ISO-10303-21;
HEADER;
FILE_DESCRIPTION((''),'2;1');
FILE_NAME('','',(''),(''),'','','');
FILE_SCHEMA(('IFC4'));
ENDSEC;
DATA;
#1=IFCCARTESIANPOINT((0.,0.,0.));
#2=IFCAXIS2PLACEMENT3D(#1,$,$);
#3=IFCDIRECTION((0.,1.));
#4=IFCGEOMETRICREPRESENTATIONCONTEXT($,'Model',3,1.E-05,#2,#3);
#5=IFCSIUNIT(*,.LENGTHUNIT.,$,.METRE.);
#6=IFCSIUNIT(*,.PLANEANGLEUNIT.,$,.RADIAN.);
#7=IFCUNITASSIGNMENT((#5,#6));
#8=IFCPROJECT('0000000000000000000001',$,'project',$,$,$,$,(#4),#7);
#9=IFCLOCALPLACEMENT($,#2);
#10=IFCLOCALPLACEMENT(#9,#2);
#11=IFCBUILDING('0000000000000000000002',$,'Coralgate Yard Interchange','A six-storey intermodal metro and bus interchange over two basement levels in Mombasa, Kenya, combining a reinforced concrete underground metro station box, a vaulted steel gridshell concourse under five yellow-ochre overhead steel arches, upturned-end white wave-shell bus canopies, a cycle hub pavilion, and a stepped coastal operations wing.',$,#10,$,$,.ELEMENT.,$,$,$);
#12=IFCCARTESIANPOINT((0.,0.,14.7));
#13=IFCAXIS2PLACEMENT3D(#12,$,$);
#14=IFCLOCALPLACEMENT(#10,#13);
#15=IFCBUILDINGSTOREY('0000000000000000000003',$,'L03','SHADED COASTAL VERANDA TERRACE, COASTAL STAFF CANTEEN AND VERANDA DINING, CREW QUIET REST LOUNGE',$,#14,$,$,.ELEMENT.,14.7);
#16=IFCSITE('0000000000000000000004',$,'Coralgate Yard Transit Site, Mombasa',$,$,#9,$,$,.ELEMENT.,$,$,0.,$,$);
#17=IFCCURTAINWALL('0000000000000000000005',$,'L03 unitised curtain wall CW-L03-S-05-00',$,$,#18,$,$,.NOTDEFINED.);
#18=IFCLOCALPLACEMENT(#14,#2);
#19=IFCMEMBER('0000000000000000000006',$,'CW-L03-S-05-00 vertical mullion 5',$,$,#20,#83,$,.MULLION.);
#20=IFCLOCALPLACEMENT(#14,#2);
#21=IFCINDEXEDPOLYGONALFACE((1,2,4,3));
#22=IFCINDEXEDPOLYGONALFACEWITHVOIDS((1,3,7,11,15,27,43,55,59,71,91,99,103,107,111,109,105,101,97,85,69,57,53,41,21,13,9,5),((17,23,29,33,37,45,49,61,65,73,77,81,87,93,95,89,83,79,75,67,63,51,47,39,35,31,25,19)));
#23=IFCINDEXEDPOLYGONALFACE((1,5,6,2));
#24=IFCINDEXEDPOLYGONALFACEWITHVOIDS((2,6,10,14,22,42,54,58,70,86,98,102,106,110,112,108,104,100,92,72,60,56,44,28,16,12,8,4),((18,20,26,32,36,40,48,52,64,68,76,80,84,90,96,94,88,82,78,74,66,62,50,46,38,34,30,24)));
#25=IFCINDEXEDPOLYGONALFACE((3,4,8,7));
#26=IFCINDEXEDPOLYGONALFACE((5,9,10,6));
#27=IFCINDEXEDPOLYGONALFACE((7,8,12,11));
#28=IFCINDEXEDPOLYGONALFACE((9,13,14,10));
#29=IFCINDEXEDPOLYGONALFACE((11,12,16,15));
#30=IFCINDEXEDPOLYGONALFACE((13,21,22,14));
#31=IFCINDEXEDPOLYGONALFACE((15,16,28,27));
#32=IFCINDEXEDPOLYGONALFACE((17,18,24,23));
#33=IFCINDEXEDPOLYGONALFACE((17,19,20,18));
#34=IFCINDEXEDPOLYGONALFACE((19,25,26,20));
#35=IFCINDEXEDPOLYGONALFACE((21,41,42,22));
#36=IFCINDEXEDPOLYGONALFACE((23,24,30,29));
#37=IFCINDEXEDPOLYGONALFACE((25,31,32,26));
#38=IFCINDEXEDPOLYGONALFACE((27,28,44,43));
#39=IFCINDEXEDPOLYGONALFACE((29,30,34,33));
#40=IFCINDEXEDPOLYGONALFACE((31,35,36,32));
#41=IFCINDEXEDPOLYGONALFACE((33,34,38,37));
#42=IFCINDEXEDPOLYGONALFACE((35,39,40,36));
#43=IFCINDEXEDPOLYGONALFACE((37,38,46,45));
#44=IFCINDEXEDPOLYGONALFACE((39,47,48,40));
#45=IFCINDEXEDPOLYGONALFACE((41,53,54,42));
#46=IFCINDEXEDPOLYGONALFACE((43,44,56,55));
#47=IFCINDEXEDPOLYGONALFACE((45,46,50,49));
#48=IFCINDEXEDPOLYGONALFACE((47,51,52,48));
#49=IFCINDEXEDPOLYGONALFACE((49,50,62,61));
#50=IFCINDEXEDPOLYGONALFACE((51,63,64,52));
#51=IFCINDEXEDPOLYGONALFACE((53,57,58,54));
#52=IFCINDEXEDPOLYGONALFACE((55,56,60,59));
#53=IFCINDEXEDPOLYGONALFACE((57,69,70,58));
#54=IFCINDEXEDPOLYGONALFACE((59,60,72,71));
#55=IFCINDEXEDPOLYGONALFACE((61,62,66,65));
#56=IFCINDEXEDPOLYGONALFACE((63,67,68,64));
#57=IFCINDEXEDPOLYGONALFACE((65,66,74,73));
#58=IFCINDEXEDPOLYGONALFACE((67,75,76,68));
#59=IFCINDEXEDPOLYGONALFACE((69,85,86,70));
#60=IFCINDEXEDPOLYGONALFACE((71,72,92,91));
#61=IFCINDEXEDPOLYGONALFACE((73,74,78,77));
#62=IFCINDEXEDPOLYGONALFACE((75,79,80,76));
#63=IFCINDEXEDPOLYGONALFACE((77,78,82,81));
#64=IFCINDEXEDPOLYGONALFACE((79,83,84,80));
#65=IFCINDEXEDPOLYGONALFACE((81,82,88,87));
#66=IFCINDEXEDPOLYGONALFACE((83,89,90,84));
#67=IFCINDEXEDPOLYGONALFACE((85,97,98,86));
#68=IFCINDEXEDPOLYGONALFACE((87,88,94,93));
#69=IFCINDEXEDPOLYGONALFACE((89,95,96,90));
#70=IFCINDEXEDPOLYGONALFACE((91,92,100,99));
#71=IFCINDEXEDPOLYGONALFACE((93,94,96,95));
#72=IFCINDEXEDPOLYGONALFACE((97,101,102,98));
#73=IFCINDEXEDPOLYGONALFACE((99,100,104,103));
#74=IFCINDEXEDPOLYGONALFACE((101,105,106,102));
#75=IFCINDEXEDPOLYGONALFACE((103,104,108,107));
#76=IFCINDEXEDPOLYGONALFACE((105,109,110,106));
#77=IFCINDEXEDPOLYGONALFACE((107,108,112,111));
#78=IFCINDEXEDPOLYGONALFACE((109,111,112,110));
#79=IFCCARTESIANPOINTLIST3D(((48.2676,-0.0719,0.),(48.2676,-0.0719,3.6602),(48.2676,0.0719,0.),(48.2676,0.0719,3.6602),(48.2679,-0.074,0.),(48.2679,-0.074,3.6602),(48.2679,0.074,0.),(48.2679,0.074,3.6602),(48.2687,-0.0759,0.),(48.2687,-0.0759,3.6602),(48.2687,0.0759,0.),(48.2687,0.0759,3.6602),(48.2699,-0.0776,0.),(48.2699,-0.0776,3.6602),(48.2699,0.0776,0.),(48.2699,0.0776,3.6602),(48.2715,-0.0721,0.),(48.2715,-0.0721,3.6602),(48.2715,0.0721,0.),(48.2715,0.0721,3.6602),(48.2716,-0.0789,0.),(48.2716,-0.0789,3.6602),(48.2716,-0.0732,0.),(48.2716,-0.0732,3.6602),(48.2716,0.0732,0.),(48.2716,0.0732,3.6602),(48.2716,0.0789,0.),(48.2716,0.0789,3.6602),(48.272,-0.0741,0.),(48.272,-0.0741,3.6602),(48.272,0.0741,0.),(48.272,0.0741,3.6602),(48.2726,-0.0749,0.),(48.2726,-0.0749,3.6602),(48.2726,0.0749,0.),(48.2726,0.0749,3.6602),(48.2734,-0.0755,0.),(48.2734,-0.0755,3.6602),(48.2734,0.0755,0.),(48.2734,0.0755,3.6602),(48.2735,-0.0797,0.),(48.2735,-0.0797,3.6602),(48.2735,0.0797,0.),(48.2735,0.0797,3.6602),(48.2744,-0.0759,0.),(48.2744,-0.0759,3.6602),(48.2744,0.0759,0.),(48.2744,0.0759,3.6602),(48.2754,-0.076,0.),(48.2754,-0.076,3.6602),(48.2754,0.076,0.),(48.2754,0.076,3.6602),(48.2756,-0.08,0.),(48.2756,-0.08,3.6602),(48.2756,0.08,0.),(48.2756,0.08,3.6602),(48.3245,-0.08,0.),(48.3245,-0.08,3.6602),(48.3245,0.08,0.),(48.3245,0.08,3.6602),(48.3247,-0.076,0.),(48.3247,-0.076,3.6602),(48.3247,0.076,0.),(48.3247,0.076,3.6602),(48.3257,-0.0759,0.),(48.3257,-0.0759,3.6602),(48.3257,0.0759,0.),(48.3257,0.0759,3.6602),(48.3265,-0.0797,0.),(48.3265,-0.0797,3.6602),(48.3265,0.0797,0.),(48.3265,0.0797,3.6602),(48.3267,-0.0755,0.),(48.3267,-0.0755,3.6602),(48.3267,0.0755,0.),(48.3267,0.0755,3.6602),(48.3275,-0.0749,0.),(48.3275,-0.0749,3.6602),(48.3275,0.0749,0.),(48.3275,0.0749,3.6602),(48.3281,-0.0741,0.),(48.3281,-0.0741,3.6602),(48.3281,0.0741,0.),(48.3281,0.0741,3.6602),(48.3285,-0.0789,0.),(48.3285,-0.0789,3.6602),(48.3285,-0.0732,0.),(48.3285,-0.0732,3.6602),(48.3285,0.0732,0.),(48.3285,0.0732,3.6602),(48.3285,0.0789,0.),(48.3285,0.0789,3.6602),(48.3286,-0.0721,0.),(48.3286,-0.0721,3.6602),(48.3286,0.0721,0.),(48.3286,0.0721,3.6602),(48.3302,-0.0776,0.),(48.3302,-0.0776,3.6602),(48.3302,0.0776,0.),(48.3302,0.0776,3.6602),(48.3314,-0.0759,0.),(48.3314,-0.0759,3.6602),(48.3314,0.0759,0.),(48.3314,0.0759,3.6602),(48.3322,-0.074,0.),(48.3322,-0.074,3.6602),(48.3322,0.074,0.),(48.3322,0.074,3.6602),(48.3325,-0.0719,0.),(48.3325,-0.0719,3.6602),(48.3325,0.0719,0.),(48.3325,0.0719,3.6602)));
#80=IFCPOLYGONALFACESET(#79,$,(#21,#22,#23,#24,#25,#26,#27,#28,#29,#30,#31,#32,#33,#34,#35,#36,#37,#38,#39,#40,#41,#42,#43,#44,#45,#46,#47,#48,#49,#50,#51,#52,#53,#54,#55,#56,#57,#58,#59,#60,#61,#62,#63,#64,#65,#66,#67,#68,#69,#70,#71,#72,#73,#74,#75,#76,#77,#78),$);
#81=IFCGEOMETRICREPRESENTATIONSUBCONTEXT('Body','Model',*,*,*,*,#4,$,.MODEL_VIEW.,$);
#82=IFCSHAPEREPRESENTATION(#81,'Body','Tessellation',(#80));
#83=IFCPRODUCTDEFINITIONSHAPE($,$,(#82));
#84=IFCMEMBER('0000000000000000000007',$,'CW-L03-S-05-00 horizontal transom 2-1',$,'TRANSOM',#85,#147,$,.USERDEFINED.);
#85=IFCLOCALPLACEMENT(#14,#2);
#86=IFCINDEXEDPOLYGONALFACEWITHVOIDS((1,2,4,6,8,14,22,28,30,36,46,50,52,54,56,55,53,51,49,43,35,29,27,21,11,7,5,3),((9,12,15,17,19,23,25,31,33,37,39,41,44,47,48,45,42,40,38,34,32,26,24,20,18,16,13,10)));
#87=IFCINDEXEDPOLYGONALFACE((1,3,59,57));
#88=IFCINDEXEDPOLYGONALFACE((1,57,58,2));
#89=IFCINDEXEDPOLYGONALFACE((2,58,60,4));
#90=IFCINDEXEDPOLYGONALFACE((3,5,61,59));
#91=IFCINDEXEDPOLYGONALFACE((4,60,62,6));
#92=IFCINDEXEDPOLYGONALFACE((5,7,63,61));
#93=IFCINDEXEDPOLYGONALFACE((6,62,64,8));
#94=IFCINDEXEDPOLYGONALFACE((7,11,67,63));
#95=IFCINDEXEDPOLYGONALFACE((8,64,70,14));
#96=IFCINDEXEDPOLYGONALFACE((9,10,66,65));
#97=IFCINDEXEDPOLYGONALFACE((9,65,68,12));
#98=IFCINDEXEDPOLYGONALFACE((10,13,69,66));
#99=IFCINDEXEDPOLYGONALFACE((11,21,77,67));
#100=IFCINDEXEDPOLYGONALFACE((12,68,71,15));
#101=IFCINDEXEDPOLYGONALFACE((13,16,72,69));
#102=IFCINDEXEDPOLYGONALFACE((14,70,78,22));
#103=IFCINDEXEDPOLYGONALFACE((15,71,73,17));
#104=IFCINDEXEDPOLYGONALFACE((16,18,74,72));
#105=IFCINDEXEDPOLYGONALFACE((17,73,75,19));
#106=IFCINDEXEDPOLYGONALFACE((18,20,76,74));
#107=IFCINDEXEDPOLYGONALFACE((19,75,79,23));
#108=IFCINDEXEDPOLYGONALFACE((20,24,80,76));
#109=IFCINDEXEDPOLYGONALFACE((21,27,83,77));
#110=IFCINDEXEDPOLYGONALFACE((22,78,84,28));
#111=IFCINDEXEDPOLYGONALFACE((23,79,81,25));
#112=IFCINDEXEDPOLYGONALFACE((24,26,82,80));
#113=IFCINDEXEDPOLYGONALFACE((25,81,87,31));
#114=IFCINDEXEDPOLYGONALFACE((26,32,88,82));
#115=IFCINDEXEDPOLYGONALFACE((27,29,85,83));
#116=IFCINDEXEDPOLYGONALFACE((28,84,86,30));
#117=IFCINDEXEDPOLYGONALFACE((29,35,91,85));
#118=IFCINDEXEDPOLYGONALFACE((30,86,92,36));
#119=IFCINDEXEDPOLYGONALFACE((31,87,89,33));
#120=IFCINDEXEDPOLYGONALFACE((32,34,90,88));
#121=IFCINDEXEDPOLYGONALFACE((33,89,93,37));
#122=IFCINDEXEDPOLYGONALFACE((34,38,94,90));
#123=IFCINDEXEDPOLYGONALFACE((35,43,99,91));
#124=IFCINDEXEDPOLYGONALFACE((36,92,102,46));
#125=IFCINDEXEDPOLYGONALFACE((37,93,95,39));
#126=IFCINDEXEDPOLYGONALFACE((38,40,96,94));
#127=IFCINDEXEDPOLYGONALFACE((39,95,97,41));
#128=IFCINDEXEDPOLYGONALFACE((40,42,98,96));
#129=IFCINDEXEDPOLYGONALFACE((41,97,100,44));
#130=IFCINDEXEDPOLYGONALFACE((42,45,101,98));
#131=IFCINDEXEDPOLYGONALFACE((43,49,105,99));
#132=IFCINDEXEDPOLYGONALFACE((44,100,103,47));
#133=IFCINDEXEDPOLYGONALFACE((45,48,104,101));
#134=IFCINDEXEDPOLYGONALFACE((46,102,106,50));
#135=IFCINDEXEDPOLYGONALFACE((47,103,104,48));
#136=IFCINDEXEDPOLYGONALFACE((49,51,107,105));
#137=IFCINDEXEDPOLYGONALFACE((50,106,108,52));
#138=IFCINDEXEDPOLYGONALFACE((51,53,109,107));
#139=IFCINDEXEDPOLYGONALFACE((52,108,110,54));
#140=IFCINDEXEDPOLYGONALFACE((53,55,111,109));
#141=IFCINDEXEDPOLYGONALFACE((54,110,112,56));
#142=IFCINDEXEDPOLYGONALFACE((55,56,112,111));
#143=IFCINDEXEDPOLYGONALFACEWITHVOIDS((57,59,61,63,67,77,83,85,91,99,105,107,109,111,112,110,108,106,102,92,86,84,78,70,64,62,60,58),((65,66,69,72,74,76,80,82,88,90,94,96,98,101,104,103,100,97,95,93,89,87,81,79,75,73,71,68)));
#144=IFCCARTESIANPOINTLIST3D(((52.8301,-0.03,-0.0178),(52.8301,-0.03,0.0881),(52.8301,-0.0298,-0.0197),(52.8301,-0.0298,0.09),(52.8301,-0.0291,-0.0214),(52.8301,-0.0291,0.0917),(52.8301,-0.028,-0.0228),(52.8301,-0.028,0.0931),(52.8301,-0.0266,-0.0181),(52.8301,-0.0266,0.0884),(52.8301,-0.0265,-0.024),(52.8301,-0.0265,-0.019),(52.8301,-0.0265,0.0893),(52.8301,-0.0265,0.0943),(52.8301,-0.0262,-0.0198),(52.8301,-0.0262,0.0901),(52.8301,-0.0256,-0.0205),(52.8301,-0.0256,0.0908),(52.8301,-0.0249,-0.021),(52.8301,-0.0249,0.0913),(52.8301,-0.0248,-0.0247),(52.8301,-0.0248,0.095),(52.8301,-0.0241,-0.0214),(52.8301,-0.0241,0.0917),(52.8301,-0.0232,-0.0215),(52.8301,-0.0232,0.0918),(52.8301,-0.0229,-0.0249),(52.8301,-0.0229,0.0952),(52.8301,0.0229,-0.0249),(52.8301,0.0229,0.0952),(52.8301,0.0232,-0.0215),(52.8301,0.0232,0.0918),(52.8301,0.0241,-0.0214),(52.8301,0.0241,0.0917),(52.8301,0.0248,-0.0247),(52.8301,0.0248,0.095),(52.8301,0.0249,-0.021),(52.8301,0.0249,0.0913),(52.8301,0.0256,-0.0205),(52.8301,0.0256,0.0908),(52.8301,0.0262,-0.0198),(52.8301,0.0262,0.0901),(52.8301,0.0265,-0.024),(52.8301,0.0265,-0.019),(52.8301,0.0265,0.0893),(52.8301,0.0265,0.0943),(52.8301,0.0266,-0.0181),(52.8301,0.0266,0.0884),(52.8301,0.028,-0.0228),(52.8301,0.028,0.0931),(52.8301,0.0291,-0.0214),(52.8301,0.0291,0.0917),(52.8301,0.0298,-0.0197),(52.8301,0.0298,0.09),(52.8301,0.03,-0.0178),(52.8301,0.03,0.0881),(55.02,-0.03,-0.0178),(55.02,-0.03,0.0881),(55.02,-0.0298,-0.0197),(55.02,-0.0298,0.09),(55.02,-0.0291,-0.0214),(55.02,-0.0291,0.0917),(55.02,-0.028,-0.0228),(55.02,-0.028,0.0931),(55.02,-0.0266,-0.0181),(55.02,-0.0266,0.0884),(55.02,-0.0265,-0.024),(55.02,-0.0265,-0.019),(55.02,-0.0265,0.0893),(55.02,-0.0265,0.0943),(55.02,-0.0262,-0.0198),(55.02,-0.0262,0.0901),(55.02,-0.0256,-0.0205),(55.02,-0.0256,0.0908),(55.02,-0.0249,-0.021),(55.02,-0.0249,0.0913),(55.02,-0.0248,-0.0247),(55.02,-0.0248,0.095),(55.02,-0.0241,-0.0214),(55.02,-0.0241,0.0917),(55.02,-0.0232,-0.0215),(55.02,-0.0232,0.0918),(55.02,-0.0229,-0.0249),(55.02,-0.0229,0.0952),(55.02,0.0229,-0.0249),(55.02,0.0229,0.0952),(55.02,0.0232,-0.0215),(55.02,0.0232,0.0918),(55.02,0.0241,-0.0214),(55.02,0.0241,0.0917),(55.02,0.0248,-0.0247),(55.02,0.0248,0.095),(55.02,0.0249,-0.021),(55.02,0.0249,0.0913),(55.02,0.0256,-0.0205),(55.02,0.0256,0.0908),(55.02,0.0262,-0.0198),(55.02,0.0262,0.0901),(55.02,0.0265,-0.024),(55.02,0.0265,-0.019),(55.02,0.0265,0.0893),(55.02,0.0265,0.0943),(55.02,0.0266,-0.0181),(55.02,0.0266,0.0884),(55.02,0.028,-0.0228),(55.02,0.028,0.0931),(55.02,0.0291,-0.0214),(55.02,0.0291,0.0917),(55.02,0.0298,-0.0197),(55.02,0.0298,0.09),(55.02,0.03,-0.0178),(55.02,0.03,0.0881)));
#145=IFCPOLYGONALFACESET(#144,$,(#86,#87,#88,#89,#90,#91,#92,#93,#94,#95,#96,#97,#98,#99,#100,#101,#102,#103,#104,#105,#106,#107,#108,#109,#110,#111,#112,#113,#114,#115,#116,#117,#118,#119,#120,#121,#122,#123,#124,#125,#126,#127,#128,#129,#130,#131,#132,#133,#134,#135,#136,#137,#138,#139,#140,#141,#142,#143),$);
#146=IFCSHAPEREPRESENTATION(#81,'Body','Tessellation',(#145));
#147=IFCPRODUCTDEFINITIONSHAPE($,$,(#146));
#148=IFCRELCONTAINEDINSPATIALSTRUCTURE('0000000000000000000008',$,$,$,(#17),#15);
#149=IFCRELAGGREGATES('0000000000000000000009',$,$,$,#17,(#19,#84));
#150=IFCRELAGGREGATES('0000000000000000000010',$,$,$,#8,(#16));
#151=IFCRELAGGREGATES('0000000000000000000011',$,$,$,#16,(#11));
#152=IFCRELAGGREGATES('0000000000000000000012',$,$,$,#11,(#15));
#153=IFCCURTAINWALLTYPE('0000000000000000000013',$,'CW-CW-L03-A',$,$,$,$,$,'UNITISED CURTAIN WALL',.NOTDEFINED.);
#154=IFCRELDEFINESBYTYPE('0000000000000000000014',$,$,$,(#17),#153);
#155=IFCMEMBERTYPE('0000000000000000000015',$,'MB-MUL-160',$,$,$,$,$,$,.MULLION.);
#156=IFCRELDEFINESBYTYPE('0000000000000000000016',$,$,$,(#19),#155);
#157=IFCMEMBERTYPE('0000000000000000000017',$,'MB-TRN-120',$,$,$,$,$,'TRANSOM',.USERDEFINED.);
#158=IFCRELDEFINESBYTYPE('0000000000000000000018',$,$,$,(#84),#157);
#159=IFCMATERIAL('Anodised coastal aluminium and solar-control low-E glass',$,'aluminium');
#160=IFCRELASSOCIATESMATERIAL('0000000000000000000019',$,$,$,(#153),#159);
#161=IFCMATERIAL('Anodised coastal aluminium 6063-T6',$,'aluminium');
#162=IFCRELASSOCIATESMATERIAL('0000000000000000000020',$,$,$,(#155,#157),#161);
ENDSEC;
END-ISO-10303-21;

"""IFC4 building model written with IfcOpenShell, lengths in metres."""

from ifc_helpers import new_model, si_unit, direction, frame, origin, origin_2d, place, context, subcontext, project, spatial, hollow_rectangle, extrude, material, material_profile, profile_set, type_object, element, aggregate, save


model = new_model("IFC4")

# Units and contexts
model_context = context("Model", 3, precision=1e-05, world=origin(), true_north=direction((0.0, 1.0)))
body_context = subcontext(model_context, "Body", "Model", "MODEL_VIEW")
ifc_project = project(units=[si_unit("LENGTHUNIT", "METRE"), si_unit("PLANEANGLEUNIT", "RADIAN")], contexts=[model_context])

# Site, building, storey
site_placement = place(None, origin())
site = spatial("IfcSite", under=ifc_project, at=site_placement, Name="Coralgate Yard Transit Site, Mombasa", CompositionType="ELEMENT", RefElevation=0.0)
building_placement = place(site_placement, origin())
building = spatial("IfcBuilding", under=site, at=building_placement, Name="Coralgate Yard Interchange", Description="A six-storey intermodal metro and bus interchange over two basement levels in Mombasa, Kenya, combining a reinforced concrete underground metro station box, a vaulted steel gridshell concourse under five yellow-ochre overhead steel arches, upturned-end white wave-shell bus canopies, a cycle hub pavilion, and a stepped coastal operations wing.", CompositionType="ELEMENT")
storey_placement = place(building_placement, frame((0.0, 0.0, 14.7)))
storey = spatial("IfcBuildingStorey", under=building, at=storey_placement, Name="L03", Description="SHADED COASTAL VERANDA TERRACE, COASTAL STAFF CANTEEN AND VERANDA DINING, CREW QUIET REST LOUNGE", CompositionType="ELEMENT", Elevation=14.7)

# Curtain wall, members
ifc_material_1 = material(Name="Anodised coastal aluminium and solar-control low-E glass", Category="aluminium")
curtain_wall_type = type_object("IfcCurtainWallType", Name="CW-CW-L03-A", ElementType="UNITISED CURTAIN WALL", PredefinedType="NOTDEFINED", material=ifc_material_1)
curtain_wall_placement = place(storey_placement, origin())
curtain_wall = element("IfcCurtainWall", 1, at=curtain_wall_placement, inside=storey, type_object=curtain_wall_type, Name="L03 unitised curtain wall CW-L03-S-05-00", PredefinedType="NOTDEFINED")
ifc_material_2 = material(Name="Anodised coastal aluminium 6063-T6", Category="aluminium")
ifc_material_profile_1 = material_profile(ifc_material_2, hollow_rectangle(XDim=0.0649, YDim=0.1599, WallThickness=0.0039, InnerFilletRadius=0.0039, OuterFilletRadius=0.0081, at=origin_2d()), Name="ALU 65x160x4")
ifc_profile_set_1 = profile_set([ifc_material_profile_1], Name="Anodised coastal aluminium 6063-T6")
member_type_1 = type_object("IfcMemberType", Name="MB-MUL-160", PredefinedType="MULLION", material=ifc_profile_set_1)
member_1_placement = place(storey_placement, frame((48.3, 0.0, 0.0), z_axis=(0.0, 0.0, 1.0), x_axis=(1.0, 0.0, 0.0)))
member_1 = element("IfcMember", 2, at=member_1_placement, type_object=member_type_1, Name="CW-L03-S-05-00 vertical mullion 5", PredefinedType="MULLION", context=body_context, shape_type="SweptSolid", body=[
    extrude(hollow_rectangle(XDim=0.0649, YDim=0.1599, WallThickness=0.0039, InnerFilletRadius=0.0039, OuterFilletRadius=0.0081, at=origin_2d()), origin(), (0.0, 0.0, 1.0), 3.6602),
])
ifc_material_profile_2 = material_profile(ifc_material_2, hollow_rectangle(XDim=0.0601, YDim=0.1201, WallThickness=0.0034, InnerFilletRadius=0.0034, OuterFilletRadius=0.0071, at=origin_2d()), Name="ALU 60x120x3.5")
ifc_profile_set_2 = profile_set([ifc_material_profile_2], Name="Anodised coastal aluminium 6063-T6")
member_type_2 = type_object("IfcMemberType", Name="MB-TRN-120", ElementType="TRANSOM", PredefinedType="USERDEFINED", material=ifc_profile_set_2)
member_2_placement = place(storey_placement, frame((55.02, 0.0, 0.0352), z_axis=(-1.0, 0.0, 0.0), x_axis=(0.0, -1.0, 0.0)))
member_2 = element("IfcMember", 3, at=member_2_placement, type_object=member_type_2, Name="CW-L03-S-05-00 horizontal transom 2-1", ObjectType="TRANSOM", PredefinedType="USERDEFINED", context=body_context, shape_type="SweptSolid", body=[
    extrude(hollow_rectangle(XDim=0.0601, YDim=0.1201, WallThickness=0.0034, InnerFilletRadius=0.0034, OuterFilletRadius=0.0071, at=origin_2d()), origin(), (0.0, 0.0, 1.0), 2.1899),
])
aggregate(curtain_wall, [member_1, member_2])

save(model, "model.ifc")
